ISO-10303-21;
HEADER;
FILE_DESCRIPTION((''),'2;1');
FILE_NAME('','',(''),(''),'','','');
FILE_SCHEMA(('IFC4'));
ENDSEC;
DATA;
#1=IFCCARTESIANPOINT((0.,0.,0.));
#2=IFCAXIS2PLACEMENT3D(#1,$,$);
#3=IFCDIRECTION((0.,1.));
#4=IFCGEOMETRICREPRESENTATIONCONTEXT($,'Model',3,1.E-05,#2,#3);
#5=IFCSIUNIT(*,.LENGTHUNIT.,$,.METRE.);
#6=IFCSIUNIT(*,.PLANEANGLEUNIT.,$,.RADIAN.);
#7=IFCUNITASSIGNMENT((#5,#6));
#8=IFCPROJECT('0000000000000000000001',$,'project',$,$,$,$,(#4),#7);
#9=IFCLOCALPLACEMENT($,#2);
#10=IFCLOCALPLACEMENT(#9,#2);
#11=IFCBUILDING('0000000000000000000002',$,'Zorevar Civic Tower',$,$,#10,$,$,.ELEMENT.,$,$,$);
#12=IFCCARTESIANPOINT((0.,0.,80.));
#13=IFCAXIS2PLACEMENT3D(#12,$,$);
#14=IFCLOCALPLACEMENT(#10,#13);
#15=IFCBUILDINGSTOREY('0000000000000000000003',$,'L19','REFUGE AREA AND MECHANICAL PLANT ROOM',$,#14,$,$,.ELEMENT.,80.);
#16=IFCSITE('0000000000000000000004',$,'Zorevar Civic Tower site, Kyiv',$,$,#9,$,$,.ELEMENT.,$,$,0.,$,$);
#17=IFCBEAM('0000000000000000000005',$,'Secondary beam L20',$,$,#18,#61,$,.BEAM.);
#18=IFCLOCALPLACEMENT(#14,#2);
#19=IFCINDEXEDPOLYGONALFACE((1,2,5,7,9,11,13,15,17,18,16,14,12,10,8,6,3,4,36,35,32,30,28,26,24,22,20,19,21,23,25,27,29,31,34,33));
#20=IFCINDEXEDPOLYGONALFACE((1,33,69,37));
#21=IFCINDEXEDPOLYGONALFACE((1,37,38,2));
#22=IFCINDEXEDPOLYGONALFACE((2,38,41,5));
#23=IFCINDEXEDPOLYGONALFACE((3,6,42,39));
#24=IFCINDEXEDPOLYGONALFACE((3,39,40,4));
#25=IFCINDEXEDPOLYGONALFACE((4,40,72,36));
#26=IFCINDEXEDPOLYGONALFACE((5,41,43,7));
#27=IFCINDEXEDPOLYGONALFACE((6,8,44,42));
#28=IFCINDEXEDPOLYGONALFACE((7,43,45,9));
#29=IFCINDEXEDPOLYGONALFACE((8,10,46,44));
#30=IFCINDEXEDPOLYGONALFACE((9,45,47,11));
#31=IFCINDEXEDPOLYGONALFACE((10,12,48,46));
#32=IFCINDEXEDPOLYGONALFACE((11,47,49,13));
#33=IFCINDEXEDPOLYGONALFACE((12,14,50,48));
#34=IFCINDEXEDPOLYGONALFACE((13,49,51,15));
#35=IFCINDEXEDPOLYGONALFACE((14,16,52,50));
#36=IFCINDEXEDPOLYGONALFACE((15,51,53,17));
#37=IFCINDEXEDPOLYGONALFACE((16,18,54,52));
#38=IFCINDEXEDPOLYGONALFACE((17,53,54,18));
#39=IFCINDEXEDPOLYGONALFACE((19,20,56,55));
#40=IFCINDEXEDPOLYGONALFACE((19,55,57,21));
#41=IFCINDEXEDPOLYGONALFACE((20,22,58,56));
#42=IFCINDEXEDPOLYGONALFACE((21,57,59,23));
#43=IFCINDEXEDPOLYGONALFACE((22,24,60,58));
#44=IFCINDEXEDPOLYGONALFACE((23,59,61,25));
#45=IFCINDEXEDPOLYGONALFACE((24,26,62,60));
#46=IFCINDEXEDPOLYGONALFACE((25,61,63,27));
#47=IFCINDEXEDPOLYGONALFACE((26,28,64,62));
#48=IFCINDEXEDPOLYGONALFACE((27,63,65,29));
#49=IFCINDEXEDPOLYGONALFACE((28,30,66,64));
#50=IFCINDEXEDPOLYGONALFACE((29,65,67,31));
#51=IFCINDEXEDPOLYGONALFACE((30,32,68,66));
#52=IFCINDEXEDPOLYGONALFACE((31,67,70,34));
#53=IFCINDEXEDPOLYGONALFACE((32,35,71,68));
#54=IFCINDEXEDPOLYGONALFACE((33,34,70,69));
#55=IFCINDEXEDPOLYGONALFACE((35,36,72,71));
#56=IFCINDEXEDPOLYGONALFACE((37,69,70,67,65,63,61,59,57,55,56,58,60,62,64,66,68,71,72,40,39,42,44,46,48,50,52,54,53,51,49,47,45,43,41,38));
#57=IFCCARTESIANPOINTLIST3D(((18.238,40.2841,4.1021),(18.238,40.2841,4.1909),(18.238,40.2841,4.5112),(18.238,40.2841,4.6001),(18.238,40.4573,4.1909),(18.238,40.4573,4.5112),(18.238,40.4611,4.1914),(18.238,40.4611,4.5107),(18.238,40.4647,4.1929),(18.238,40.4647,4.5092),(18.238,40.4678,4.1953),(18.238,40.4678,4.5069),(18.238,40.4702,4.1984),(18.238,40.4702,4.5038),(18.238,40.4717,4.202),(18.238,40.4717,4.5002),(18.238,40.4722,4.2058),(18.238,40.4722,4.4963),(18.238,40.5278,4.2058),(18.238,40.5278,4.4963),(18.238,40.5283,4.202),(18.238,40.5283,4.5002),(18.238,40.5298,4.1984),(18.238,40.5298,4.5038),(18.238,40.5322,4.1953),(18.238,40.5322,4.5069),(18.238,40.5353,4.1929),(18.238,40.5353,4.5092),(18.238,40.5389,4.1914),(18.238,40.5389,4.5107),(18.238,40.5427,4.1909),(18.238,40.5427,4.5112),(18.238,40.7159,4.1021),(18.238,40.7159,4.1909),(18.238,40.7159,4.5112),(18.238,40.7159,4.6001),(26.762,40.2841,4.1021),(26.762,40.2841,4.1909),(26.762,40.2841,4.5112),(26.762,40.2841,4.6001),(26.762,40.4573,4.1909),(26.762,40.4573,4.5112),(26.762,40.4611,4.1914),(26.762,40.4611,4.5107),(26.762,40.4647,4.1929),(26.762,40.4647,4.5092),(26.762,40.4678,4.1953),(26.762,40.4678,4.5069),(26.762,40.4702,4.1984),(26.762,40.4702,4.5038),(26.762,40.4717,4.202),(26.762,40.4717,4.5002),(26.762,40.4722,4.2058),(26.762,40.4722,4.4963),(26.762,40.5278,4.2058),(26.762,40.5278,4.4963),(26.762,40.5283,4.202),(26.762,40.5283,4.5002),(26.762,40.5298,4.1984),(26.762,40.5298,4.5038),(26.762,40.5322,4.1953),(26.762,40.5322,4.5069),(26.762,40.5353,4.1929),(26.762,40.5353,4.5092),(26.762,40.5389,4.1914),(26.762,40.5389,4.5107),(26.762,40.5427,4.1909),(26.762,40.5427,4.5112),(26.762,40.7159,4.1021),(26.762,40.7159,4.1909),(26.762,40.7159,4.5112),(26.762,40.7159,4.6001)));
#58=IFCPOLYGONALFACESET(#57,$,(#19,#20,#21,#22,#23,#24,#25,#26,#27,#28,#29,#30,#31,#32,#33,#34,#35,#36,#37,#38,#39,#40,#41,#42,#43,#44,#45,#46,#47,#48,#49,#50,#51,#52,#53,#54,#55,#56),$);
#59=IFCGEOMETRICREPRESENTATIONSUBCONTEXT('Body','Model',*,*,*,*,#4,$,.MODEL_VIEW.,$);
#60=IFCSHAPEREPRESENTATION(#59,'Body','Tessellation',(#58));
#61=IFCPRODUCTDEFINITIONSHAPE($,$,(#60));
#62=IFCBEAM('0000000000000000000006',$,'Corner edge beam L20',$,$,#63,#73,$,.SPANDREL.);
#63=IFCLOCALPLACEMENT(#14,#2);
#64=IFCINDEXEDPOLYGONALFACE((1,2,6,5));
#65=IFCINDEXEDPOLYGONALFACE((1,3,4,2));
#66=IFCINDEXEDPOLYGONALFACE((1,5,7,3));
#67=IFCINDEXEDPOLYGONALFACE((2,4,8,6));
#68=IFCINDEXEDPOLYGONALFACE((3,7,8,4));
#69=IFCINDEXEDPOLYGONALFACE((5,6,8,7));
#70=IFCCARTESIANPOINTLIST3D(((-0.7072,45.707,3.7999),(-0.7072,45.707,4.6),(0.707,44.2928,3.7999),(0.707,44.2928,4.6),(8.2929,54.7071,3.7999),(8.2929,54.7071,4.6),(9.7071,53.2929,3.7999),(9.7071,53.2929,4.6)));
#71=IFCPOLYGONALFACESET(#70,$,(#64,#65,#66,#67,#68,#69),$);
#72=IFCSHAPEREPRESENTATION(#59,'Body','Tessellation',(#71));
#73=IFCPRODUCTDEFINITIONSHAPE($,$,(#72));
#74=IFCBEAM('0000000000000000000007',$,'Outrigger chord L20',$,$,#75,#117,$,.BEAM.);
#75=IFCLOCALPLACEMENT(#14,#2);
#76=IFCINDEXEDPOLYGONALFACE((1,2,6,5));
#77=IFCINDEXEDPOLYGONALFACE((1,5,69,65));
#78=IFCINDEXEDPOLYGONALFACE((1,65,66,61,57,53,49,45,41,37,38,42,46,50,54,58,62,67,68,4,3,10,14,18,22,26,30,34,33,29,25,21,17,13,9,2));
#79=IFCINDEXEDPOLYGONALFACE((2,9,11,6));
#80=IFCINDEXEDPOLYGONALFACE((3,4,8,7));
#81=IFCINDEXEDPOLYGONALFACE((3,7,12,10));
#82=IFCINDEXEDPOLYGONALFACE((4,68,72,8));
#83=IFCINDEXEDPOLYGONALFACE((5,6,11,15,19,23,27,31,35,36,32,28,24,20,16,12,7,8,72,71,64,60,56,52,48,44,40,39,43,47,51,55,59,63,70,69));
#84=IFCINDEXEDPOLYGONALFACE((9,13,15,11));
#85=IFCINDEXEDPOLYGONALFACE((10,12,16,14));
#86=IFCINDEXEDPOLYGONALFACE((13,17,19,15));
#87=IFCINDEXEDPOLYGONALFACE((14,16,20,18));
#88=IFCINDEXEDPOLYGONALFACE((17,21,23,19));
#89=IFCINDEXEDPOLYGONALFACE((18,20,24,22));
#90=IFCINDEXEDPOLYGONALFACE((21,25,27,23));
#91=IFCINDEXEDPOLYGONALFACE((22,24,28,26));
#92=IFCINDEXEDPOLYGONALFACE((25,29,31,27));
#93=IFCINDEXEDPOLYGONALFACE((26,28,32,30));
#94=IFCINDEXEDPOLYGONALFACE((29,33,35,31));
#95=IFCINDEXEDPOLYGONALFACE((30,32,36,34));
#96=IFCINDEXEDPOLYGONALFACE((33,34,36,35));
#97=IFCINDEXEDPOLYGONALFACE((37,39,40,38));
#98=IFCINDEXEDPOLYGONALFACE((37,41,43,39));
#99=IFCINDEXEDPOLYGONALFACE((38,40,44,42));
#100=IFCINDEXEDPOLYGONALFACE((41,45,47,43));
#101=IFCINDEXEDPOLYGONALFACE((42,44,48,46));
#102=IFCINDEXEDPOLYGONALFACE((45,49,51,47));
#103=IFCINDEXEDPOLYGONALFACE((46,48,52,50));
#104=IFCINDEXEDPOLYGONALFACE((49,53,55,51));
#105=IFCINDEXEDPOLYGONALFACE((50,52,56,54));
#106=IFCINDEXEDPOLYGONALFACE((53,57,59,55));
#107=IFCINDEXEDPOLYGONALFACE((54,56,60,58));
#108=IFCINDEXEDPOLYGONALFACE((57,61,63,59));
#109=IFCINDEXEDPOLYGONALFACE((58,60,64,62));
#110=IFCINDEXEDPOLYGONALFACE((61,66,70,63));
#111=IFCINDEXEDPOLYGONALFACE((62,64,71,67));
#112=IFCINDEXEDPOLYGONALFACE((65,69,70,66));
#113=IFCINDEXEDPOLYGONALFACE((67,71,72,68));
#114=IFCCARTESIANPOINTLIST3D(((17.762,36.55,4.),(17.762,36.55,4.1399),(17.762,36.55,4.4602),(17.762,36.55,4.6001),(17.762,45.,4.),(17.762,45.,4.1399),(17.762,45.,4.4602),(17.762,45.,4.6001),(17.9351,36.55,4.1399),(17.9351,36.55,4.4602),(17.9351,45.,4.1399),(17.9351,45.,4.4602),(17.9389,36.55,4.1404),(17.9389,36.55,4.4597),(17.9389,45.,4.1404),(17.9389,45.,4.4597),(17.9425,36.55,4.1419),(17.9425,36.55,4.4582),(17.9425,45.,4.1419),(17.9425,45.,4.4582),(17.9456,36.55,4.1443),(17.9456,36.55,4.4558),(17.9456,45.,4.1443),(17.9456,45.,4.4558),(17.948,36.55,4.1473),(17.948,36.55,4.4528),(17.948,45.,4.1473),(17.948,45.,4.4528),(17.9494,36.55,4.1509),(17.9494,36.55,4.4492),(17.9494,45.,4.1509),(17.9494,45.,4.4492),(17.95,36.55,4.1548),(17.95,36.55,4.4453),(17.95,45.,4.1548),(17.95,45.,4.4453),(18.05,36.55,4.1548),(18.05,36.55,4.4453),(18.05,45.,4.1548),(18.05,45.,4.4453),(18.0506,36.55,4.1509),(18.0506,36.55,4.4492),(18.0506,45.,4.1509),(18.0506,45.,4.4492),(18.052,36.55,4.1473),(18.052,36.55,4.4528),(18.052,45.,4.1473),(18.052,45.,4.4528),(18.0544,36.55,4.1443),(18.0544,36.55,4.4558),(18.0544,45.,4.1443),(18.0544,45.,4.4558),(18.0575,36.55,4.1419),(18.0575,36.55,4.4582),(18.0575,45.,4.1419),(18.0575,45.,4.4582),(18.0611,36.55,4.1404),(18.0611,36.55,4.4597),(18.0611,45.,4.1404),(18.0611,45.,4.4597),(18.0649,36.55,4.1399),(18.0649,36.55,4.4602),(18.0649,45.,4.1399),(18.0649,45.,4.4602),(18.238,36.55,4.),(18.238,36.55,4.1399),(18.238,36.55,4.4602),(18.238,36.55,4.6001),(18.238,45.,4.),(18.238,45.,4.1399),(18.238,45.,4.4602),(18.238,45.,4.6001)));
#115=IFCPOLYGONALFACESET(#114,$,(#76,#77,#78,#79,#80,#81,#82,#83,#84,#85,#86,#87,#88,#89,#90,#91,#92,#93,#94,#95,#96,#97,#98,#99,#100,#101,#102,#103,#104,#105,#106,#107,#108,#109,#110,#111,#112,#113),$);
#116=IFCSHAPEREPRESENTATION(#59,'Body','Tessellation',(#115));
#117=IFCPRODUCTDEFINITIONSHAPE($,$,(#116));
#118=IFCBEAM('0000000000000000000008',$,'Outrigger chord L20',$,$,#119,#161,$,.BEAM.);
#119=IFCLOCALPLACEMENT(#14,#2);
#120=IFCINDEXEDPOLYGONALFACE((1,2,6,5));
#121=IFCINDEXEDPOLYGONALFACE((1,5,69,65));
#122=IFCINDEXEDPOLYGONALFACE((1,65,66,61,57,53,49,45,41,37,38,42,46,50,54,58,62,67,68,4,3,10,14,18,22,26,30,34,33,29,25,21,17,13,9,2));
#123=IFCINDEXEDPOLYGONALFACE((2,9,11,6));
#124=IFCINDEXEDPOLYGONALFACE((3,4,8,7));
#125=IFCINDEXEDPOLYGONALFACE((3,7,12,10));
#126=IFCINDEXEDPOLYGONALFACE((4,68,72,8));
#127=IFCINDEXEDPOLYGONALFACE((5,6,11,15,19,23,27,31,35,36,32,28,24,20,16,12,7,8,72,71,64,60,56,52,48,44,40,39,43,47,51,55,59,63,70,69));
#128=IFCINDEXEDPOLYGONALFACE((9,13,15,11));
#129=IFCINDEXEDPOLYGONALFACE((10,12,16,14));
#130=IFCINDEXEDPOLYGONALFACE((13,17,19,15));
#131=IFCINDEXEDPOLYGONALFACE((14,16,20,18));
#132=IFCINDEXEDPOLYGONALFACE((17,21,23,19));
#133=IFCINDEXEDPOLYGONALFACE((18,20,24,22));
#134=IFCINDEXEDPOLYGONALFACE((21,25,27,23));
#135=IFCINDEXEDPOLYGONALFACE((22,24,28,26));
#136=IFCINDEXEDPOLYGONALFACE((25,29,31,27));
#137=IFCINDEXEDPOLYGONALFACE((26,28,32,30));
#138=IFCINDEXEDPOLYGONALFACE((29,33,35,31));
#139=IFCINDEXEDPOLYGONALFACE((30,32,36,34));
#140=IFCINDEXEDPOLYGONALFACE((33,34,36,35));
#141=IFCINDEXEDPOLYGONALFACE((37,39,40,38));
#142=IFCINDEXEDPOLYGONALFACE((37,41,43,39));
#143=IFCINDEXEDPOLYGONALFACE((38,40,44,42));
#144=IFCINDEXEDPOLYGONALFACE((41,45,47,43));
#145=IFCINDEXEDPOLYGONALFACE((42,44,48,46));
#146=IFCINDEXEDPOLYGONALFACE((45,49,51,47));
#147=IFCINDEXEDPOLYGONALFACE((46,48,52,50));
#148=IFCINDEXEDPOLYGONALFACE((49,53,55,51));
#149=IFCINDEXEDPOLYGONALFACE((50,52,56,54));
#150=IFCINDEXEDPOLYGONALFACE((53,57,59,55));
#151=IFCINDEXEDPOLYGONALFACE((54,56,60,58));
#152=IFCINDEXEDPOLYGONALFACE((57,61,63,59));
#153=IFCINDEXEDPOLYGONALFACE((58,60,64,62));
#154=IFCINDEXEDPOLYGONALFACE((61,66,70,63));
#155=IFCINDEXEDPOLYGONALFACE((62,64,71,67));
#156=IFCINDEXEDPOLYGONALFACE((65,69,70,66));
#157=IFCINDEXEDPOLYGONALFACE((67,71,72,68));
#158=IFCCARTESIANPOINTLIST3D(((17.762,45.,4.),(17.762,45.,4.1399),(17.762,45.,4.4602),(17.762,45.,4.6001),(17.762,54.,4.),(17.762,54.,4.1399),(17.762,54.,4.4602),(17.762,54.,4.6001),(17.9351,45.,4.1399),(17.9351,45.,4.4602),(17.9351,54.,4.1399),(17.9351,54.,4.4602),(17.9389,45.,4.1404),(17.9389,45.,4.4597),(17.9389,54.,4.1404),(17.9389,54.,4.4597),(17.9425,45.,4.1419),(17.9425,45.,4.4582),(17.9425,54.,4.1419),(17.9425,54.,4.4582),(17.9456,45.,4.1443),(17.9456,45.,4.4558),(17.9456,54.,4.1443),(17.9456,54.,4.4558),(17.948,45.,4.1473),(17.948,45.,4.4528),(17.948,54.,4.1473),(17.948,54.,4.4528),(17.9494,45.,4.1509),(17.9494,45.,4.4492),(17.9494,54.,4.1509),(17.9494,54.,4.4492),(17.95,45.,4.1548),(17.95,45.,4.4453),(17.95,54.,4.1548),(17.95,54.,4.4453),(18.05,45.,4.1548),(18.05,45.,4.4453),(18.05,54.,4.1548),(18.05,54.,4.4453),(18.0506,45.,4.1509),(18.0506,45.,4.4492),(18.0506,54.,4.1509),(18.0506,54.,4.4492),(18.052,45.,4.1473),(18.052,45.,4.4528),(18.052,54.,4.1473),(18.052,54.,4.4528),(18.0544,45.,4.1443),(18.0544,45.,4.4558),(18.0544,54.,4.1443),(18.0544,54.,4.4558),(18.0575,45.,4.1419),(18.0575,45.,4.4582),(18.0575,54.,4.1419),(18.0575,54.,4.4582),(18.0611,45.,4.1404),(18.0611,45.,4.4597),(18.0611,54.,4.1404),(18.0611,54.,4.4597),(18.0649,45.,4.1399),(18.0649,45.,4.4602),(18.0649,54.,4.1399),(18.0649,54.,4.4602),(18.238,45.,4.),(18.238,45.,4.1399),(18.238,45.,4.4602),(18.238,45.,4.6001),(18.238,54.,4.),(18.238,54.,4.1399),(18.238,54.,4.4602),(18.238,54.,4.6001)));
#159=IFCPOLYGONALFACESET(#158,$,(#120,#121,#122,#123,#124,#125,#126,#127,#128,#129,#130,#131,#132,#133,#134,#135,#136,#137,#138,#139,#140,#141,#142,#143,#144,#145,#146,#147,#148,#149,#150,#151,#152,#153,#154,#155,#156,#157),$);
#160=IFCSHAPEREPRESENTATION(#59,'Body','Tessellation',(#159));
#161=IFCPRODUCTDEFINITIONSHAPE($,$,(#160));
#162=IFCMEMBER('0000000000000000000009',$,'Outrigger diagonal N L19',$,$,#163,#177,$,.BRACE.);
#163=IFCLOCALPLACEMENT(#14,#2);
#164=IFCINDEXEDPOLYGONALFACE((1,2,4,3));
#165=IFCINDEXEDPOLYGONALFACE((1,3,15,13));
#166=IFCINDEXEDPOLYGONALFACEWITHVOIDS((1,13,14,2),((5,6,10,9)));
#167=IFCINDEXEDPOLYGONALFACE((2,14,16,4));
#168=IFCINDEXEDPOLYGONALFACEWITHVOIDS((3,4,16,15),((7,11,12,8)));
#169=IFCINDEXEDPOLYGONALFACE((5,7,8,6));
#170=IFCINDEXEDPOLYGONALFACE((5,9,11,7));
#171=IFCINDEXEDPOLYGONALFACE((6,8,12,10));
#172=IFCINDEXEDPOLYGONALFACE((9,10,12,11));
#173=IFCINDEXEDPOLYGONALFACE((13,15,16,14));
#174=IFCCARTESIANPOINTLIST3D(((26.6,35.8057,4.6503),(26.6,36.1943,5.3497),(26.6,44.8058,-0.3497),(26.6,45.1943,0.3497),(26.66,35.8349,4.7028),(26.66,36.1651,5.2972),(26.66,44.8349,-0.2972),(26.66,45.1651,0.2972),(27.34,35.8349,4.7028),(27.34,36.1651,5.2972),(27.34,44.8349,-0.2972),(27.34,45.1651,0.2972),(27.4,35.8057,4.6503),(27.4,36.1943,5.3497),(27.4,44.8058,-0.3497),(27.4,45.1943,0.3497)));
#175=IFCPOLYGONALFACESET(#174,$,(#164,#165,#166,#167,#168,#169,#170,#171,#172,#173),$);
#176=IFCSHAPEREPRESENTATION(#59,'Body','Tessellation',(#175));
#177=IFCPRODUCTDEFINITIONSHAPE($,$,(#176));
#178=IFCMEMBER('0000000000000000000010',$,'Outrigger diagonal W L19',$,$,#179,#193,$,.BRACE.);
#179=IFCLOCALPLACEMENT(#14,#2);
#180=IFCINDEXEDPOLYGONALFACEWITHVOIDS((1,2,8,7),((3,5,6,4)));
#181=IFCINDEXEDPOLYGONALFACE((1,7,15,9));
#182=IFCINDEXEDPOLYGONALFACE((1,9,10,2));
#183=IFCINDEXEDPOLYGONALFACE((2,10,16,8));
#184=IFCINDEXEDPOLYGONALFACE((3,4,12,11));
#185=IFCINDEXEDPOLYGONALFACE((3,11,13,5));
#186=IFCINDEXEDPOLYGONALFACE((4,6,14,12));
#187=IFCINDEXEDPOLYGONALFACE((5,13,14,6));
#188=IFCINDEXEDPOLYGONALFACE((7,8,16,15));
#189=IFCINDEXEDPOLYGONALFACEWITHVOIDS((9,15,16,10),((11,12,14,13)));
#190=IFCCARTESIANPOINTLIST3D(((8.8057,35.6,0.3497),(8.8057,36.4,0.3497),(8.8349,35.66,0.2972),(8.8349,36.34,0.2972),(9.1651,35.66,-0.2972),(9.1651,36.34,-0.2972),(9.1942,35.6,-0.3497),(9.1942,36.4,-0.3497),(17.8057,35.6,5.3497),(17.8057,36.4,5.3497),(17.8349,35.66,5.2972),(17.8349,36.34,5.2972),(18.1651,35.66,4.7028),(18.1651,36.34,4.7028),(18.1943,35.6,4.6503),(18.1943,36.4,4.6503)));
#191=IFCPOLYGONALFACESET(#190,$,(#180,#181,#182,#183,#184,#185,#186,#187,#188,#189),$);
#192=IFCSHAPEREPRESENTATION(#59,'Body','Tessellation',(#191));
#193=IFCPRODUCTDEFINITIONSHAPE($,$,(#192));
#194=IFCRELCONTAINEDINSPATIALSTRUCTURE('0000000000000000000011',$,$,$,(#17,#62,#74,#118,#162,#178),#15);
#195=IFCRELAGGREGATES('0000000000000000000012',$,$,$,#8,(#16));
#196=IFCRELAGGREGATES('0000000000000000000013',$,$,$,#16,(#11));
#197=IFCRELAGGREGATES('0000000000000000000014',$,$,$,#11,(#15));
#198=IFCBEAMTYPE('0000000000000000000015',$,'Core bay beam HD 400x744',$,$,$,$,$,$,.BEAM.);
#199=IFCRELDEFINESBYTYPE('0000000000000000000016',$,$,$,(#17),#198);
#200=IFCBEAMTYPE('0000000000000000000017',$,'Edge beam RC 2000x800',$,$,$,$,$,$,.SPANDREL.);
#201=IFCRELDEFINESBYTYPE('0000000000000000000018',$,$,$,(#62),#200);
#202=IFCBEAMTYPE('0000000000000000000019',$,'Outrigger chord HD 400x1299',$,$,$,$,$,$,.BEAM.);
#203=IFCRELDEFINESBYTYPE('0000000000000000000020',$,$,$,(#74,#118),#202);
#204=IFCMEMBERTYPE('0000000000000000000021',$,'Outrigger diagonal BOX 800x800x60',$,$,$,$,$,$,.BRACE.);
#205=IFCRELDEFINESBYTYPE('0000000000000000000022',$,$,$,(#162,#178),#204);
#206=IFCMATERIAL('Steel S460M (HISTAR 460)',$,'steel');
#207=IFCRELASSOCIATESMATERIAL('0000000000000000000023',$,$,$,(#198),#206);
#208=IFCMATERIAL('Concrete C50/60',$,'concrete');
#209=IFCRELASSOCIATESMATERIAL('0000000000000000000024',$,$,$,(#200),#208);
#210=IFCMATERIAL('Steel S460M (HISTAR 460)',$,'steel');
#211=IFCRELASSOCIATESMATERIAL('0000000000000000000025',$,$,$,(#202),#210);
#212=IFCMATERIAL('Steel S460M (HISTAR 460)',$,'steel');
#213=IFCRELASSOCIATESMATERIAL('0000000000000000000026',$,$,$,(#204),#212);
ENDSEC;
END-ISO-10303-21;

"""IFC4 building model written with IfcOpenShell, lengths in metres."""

from ifc_helpers import new_model, si_unit, direction, frame, origin, origin_2d, place, context, subcontext, project, spatial, rectangle, hollow_rectangle, i_section, extrude, material, material_profile, profile_set, type_object, element, save


model = new_model("IFC4")

# Units and contexts
model_context = context("Model", 3, precision=1e-05, world=origin(), true_north=direction((0.0, 1.0)))
body_context = subcontext(model_context, "Body", "Model", "MODEL_VIEW")
ifc_project = project(units=[si_unit("LENGTHUNIT", "METRE"), si_unit("PLANEANGLEUNIT", "RADIAN")], contexts=[model_context])

# Site, building, storey
site_placement = place(None, origin())
site = spatial("IfcSite", under=ifc_project, at=site_placement, Name="Zorevar Civic Tower site, Kyiv", CompositionType="ELEMENT", RefElevation=0.0)
building_placement = place(site_placement, origin())
building = spatial("IfcBuilding", under=site, at=building_placement, Name="Zorevar Civic Tower", CompositionType="ELEMENT")
storey_placement = place(building_placement, frame((0.0, 0.0, 80.0)))
storey = spatial("IfcBuildingStorey", under=building, at=storey_placement, Name="L19", Description="REFUGE AREA AND MECHANICAL PLANT ROOM", CompositionType="ELEMENT", Elevation=80.0)

# Beams
ifc_material_1 = material(Name="Steel S460M (HISTAR 460)", Category="steel")
ifc_material_profile_1 = material_profile(ifc_material_1, i_section(OverallWidth=0.4319, OverallDepth=0.498, WebThickness=0.0557, FlangeThickness=0.0889, FilletRadius=0.0149, at=origin_2d()), Name="HD 400x744")
ifc_profile_set_1 = profile_set([ifc_material_profile_1], Name="Steel S460M (HISTAR 460)")
beam_type_1 = type_object("IfcBeamType", Name="Core bay beam HD 400x744", PredefinedType="BEAM", material=ifc_profile_set_1)
beam_1_placement = place(storey_placement, frame((18.238, 40.5, 4.3511), z_axis=(1.0, 0.0, 0.0), x_axis=(0.0, 1.0, 0.0)))
element("IfcBeam", 1, at=beam_1_placement, inside=storey, type_object=beam_type_1, Name="Secondary beam L20", PredefinedType="BEAM", context=body_context, shape_type="SweptSolid", body=[
    extrude(i_section(OverallWidth=0.4319, OverallDepth=0.498, WebThickness=0.0557, FlangeThickness=0.0889, FilletRadius=0.0149, at=origin_2d()), origin(), (0.0, 0.0, 1.0), 8.5239),
])
ifc_material_2 = material(Name="Concrete C50/60", Category="concrete")
ifc_material_profile_2 = material_profile(ifc_material_2, rectangle(XDim=2.0, YDim=0.8, at=origin_2d()), Name="RC 2000x800")
ifc_profile_set_2 = profile_set([ifc_material_profile_2], Name="Concrete C50/60")
beam_type_2 = type_object("IfcBeamType", Name="Edge beam RC 2000x800", PredefinedType="SPANDREL", material=ifc_profile_set_2)
beam_2_placement = place(storey_placement, frame((9.0, 54.0, 4.2), z_axis=(-0.707107, -0.707107, 0.0), x_axis=(0.707107, -0.707107, 0.0)))
element("IfcBeam", 2, at=beam_2_placement, inside=storey, type_object=beam_type_2, Name="Corner edge beam L20", PredefinedType="SPANDREL", context=body_context, shape_type="SweptSolid", body=[
    extrude(rectangle(XDim=2.0, YDim=0.8, at=origin_2d()), origin(), (0.0, 0.0, 1.0), 12.728),
])
ifc_material_3 = material(Name="Steel S460M (HISTAR 460)", Category="steel")
ifc_material_profile_3 = material_profile(ifc_material_3, i_section(OverallWidth=0.4761, OverallDepth=0.6001, WebThickness=0.1001, FlangeThickness=0.1399, FilletRadius=0.0149, at=origin_2d()), Name="HD 400x1299")
ifc_profile_set_3 = profile_set([ifc_material_profile_3], Name="Steel S460M (HISTAR 460)")
beam_type_3 = type_object("IfcBeamType", Name="Outrigger chord HD 400x1299", PredefinedType="BEAM", material=ifc_profile_set_3)
beam_3_placement = place(storey_placement, frame((18.0, 36.55, 4.3), z_axis=(0.0, 1.0, 0.0), x_axis=(-1.0, 0.0, 0.0)))
element("IfcBeam", 3, at=beam_3_placement, inside=storey, type_object=beam_type_3, Name="Outrigger chord L20", PredefinedType="BEAM", context=body_context, shape_type="SweptSolid", body=[
    extrude(i_section(OverallWidth=0.4761, OverallDepth=0.6001, WebThickness=0.1001, FlangeThickness=0.1399, FilletRadius=0.0149, at=origin_2d()), origin(), (0.0, 0.0, 1.0), 8.45),
])
beam_4_placement = place(storey_placement, frame((18.0, 45.0, 4.3), z_axis=(0.0, 1.0, 0.0), x_axis=(-1.0, 0.0, 0.0)))
element("IfcBeam", 4, at=beam_4_placement, inside=storey, type_object=beam_type_3, Name="Outrigger chord L20", PredefinedType="BEAM", context=body_context, shape_type="SweptSolid", body=[
    extrude(i_section(OverallWidth=0.4761, OverallDepth=0.6001, WebThickness=0.1001, FlangeThickness=0.1399, FilletRadius=0.0149, at=origin_2d()), origin(), (0.0, 0.0, 1.0), 9.0),
])

# Members
ifc_material_4 = material(Name="Steel S460M (HISTAR 460)", Category="steel")
ifc_material_profile_4 = material_profile(ifc_material_4, hollow_rectangle(XDim=0.8, YDim=0.8, WallThickness=0.0601, at=origin_2d()), Name="BOX 800x800x60")
ifc_profile_set_4 = profile_set([ifc_material_profile_4], Name="Steel S460M (HISTAR 460)")
member_type_1 = type_object("IfcMemberType", Name="Outrigger diagonal BOX 800x800x60", PredefinedType="BRACE", material=ifc_profile_set_4)
for number, where, z_axis, x_axis, name in (
    (5, (27.0, 36.0, 5.0), (0.0, 0.874157, -0.485643), (-1.0, 0.0, 0.0), "Outrigger diagonal N L19"),
    (6, (18.0, 36.0, 5.0), (-0.874157, 0.0, -0.485643), (0.0, -1.0, 0.0), "Outrigger diagonal W L19"),
):
    element("IfcMember", number, at=place(storey_placement, frame(where, z_axis=z_axis, x_axis=x_axis)), inside=storey, type_object=member_type_1, Name=name, PredefinedType="BRACE", context=body_context, shape_type="SweptSolid", body=[
        extrude(hollow_rectangle(XDim=0.8, YDim=0.8, WallThickness=0.0601, at=origin_2d()), origin(), (0.0, 0.0, 1.0), 10.2957),
    ])

save(model, "model.ifc")
